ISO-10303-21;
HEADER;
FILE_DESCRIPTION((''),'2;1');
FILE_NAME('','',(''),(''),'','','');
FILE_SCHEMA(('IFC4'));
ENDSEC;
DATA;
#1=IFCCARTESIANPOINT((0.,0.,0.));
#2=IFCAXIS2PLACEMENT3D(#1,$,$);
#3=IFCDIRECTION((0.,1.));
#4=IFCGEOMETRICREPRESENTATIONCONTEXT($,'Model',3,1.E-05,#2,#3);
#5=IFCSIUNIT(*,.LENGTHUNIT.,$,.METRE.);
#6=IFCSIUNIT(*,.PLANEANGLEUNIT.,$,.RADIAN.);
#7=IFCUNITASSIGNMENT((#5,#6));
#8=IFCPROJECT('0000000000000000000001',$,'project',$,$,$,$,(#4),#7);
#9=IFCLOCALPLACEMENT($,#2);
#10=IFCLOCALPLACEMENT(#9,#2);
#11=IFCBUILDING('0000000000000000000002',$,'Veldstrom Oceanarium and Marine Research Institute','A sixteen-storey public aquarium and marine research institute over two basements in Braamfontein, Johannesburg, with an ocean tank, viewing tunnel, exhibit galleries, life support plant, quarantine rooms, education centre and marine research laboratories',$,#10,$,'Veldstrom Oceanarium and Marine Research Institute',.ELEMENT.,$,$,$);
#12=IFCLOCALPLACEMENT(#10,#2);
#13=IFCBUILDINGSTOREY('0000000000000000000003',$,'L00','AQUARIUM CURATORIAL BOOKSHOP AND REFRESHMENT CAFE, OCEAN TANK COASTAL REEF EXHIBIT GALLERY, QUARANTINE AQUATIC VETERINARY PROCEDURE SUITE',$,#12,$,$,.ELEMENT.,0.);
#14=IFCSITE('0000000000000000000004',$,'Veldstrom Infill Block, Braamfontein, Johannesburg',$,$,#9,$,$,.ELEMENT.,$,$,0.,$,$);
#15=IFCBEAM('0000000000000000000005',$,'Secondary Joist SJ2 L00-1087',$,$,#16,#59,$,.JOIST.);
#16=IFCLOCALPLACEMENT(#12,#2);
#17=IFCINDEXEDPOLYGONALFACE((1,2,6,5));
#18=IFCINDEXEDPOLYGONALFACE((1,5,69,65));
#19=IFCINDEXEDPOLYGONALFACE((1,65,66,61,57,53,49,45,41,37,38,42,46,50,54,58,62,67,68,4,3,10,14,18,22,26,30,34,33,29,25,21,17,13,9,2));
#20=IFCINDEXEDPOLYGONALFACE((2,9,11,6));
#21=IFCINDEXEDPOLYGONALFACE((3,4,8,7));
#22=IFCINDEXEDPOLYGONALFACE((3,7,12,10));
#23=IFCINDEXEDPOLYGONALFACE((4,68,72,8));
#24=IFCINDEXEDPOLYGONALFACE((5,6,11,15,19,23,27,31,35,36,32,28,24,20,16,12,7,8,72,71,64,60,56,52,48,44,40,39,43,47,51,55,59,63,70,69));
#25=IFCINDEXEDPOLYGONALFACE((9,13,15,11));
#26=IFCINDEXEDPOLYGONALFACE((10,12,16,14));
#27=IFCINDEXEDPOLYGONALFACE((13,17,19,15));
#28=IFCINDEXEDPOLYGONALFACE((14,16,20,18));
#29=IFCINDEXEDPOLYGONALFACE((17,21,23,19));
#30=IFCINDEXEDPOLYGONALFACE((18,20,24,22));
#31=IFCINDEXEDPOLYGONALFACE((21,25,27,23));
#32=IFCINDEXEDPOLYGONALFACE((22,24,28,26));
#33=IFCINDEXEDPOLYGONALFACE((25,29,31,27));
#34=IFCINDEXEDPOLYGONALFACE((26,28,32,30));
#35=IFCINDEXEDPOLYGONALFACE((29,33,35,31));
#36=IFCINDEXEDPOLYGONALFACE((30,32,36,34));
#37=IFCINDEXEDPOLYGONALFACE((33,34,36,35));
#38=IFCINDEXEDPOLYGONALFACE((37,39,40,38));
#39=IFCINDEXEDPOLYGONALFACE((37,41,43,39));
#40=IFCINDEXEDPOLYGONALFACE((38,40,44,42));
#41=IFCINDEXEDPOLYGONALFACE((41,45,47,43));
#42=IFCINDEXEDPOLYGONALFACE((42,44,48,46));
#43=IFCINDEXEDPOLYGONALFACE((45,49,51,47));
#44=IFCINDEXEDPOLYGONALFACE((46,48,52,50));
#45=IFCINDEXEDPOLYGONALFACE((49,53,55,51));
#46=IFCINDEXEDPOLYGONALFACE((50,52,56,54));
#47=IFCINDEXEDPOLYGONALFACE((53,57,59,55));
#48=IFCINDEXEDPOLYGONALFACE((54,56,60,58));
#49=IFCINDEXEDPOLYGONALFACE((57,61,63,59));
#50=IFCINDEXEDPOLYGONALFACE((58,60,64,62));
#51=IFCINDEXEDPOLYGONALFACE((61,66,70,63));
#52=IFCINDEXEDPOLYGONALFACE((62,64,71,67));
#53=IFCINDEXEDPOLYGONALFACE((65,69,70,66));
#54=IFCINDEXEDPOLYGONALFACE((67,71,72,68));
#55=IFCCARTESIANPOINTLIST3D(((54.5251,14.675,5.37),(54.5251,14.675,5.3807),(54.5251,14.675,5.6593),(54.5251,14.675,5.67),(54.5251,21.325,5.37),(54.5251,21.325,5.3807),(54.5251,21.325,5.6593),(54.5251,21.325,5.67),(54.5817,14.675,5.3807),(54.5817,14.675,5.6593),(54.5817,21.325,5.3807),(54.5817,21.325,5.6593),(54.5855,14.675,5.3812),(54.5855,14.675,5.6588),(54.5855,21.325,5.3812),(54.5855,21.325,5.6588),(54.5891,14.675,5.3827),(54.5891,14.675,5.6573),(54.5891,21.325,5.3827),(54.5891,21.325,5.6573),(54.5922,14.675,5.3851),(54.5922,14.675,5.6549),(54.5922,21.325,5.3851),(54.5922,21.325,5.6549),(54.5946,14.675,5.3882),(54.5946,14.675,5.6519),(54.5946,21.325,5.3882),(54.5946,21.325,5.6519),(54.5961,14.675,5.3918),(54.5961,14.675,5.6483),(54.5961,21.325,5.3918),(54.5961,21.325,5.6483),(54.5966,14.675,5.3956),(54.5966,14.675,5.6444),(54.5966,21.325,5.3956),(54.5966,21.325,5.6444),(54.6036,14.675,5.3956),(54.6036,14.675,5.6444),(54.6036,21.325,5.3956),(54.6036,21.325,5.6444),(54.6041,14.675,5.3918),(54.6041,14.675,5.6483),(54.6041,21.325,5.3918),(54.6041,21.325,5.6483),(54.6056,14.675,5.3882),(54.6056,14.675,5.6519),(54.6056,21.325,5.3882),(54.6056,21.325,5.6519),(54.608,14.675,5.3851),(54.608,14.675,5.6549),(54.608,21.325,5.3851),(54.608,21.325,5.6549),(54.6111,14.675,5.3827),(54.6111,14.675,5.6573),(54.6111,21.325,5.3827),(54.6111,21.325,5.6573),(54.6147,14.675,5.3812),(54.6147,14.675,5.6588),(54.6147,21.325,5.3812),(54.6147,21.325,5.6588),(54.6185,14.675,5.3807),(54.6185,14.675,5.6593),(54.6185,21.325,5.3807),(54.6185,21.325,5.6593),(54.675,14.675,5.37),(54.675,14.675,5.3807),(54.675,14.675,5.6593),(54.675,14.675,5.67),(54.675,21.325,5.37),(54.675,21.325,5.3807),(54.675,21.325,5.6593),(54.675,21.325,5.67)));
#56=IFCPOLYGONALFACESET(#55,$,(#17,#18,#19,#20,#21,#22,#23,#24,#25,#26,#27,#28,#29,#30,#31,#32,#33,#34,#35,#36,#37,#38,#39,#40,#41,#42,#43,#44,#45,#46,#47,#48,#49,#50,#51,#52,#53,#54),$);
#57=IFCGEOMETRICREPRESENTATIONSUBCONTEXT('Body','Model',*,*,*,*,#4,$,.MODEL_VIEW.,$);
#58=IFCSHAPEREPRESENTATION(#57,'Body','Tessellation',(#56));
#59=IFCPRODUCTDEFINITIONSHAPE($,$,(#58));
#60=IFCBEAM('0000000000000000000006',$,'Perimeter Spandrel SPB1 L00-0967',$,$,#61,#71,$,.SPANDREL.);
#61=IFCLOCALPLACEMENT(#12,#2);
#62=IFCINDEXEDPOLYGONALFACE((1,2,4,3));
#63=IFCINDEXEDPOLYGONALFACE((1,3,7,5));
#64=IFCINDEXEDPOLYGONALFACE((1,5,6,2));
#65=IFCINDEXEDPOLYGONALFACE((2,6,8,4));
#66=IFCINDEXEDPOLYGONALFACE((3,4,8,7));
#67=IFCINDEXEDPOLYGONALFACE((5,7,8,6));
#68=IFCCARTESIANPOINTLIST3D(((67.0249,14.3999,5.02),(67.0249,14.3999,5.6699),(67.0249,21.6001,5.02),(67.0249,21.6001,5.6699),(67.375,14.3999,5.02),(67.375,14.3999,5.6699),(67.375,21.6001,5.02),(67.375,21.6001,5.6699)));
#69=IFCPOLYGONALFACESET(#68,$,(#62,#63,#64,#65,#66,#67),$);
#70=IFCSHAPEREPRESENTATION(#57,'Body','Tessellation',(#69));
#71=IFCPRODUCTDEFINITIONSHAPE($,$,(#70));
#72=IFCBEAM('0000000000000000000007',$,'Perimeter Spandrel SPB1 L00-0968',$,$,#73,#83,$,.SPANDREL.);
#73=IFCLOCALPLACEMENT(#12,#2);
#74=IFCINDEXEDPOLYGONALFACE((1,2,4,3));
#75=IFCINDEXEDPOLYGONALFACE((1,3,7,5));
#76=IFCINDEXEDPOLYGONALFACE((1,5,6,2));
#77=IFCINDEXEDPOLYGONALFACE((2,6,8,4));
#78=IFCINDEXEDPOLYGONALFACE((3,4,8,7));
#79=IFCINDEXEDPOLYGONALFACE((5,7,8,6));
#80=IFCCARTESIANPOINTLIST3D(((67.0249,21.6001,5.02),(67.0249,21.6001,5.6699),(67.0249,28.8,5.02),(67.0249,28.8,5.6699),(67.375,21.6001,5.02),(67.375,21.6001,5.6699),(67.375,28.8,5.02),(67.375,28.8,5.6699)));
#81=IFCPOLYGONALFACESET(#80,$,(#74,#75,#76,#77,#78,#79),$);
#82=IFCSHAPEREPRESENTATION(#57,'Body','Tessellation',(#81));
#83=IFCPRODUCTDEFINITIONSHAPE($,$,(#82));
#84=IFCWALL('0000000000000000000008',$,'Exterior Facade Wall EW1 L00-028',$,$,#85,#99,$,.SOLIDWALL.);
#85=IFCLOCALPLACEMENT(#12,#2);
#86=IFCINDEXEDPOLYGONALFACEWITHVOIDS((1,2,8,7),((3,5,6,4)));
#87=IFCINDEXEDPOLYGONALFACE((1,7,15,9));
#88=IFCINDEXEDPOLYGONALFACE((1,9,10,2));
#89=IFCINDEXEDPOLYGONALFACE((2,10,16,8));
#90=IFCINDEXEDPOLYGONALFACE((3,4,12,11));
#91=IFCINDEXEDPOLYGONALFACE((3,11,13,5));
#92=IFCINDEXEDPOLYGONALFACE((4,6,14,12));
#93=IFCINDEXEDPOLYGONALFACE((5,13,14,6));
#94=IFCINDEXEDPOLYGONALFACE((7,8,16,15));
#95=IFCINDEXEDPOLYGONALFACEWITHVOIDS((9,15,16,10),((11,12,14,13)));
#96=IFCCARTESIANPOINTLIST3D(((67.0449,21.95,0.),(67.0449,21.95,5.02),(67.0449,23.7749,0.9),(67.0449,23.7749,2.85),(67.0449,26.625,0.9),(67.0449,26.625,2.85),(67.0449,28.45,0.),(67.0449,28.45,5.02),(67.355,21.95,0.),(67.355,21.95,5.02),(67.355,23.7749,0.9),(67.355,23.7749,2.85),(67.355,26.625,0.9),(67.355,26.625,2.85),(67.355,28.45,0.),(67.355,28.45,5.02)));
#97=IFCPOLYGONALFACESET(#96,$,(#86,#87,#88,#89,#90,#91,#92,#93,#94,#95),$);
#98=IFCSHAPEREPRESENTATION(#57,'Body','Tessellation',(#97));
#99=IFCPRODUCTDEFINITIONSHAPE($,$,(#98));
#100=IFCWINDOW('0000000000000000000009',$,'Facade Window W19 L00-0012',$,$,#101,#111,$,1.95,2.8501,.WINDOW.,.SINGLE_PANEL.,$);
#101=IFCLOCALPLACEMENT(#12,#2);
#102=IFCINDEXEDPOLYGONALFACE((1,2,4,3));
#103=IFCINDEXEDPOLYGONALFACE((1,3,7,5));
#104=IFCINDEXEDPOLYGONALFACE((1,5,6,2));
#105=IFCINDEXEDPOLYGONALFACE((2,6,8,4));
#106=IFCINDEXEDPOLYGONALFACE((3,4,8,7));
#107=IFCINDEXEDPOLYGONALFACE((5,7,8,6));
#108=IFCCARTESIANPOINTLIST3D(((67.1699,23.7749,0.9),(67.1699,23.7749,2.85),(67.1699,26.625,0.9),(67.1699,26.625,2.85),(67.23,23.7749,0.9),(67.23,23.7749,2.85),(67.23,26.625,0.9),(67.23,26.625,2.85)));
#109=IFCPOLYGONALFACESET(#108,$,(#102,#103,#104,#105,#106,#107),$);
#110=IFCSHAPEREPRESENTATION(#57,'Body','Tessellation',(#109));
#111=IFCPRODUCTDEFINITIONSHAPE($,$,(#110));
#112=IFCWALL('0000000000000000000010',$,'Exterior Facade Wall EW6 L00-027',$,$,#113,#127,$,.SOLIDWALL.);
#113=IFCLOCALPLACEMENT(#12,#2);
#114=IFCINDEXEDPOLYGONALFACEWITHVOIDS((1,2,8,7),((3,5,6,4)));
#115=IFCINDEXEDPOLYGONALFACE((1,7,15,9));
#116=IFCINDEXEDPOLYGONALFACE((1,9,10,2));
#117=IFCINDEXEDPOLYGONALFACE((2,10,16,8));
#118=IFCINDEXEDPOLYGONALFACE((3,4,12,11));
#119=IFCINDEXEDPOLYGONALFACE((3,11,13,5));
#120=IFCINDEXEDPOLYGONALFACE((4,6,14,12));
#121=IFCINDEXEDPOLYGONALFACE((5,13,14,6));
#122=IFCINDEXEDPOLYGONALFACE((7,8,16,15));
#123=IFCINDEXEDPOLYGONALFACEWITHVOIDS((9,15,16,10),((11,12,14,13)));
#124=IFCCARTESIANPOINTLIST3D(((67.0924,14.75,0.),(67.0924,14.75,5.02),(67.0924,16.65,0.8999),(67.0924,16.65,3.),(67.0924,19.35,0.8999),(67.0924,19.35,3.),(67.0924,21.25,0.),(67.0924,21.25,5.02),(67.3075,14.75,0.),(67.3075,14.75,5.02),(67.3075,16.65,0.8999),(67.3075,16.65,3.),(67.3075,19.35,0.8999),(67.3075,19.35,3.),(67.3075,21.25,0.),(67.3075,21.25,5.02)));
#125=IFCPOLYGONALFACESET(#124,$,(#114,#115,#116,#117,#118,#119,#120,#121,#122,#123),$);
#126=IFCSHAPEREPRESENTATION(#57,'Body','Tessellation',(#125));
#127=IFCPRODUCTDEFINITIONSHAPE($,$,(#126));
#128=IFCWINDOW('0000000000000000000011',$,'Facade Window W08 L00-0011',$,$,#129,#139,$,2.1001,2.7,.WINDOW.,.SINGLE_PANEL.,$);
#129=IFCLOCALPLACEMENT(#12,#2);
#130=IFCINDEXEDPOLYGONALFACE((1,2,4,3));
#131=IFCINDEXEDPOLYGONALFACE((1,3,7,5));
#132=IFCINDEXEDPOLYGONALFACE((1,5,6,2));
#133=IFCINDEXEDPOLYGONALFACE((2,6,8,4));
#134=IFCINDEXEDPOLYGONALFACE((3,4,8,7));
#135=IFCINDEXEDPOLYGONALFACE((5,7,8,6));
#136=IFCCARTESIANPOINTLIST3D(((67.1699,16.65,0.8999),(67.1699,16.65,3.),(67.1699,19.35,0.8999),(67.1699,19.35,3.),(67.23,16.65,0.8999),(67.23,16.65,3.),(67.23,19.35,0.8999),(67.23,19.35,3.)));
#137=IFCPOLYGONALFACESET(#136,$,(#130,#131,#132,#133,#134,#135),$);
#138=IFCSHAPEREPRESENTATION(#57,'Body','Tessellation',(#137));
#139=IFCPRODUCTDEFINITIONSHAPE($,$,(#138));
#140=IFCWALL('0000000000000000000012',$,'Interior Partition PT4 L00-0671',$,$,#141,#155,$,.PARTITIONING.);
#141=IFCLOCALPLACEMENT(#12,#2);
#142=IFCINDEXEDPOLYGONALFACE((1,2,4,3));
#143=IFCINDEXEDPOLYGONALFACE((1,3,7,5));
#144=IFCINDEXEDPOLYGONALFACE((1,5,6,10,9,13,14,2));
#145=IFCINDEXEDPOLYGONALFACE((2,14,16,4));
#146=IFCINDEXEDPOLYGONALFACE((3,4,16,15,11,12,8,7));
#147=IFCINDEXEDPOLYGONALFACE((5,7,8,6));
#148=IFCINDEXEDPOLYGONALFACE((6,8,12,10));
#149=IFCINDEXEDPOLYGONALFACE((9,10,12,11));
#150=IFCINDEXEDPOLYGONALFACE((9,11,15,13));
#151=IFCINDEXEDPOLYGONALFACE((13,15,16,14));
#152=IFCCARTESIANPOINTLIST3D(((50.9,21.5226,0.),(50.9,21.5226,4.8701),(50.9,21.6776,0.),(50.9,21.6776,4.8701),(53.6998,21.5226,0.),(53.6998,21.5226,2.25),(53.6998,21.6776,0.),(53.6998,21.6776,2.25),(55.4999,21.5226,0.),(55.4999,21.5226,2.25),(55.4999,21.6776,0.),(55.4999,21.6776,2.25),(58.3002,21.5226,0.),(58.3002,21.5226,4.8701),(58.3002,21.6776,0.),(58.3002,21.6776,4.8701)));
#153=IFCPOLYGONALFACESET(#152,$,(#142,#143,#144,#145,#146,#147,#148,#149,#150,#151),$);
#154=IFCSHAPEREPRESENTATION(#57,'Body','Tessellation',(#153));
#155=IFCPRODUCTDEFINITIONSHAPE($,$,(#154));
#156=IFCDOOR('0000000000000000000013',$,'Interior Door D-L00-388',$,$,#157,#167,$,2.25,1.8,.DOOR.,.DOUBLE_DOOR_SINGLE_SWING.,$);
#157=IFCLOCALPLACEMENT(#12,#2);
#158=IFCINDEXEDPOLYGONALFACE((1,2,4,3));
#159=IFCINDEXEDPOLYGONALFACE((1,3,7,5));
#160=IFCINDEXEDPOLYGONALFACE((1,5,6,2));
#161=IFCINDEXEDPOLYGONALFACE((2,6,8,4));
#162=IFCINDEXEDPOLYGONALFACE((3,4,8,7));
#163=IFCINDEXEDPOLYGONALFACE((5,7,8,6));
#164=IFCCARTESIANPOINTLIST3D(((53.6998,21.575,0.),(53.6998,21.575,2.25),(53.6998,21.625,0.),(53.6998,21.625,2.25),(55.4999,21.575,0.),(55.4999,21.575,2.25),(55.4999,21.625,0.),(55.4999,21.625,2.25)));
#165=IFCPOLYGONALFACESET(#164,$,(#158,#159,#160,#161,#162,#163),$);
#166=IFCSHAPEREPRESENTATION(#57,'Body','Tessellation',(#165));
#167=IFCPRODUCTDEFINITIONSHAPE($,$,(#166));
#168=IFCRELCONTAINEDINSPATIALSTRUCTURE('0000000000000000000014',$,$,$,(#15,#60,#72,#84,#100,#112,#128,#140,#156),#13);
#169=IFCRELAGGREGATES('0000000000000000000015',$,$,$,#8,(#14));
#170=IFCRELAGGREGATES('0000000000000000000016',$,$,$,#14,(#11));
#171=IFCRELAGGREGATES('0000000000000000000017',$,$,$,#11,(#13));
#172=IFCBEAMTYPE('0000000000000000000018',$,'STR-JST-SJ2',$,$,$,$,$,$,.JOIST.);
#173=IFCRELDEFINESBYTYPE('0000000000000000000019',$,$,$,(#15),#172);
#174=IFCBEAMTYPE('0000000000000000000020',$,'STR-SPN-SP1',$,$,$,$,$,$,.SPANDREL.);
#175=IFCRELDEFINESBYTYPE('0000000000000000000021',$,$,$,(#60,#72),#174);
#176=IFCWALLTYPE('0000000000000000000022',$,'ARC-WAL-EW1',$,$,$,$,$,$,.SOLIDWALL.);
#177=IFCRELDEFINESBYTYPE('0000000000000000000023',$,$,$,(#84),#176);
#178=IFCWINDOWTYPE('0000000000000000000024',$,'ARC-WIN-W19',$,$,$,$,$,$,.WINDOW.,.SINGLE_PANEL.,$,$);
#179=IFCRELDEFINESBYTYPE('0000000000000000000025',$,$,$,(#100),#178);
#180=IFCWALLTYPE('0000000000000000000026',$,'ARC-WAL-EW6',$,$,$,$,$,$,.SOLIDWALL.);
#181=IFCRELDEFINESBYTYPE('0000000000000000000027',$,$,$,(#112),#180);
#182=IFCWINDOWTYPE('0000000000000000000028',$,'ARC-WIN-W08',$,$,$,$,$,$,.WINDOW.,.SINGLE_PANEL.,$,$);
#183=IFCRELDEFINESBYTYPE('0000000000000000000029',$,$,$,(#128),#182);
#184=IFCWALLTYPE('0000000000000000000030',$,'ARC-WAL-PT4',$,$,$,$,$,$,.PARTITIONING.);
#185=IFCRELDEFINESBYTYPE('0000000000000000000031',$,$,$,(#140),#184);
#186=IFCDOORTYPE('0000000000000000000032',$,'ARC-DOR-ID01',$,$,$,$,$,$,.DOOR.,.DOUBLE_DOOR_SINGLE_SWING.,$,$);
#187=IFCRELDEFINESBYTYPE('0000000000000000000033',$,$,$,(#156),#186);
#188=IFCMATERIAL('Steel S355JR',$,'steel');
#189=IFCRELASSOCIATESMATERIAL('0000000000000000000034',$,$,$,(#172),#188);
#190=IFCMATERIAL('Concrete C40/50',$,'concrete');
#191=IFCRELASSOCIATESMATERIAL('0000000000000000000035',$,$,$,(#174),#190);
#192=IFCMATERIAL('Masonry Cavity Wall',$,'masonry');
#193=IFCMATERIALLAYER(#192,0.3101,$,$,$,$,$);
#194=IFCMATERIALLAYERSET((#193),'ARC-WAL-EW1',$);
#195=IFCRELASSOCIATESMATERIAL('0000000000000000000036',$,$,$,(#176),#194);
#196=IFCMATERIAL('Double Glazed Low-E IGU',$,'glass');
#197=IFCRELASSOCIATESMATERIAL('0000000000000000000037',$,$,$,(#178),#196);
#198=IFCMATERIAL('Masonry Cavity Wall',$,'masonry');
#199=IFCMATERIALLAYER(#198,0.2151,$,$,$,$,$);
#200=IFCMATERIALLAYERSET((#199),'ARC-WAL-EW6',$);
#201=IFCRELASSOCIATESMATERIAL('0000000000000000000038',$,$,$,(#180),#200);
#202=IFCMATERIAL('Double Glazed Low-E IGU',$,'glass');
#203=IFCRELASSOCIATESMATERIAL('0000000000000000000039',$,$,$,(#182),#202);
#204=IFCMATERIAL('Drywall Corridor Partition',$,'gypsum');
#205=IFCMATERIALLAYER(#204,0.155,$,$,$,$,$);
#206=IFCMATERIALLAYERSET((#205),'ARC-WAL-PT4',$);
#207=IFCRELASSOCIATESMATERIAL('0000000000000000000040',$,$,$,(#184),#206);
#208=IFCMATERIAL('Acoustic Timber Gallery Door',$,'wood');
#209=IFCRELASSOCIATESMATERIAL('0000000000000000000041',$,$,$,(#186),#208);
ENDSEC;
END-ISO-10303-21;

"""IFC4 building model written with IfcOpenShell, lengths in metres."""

from ifc_helpers import new_model, si_unit, direction, frame, frame_2d, origin, origin_2d, place, context, subcontext, project, spatial, rectangle, i_section, extrude, material, layer, layer_set, material_profile, profile_set, type_object, element, fill, save


model = new_model("IFC4")

# Units and contexts
model_context = context("Model", 3, precision=1e-05, world=origin(), true_north=direction((0.0, 1.0)))
body_context = subcontext(model_context, "Body", "Model", "MODEL_VIEW")
ifc_project = project(units=[si_unit("LENGTHUNIT", "METRE"), si_unit("PLANEANGLEUNIT", "RADIAN")], contexts=[model_context])

# Site, building, storey
site_placement = place(None, origin())
site = spatial("IfcSite", under=ifc_project, at=site_placement, Name="Veldstrom Infill Block, Braamfontein, Johannesburg", CompositionType="ELEMENT", RefElevation=0.0)
building_placement = place(site_placement, origin())
building = spatial("IfcBuilding", under=site, at=building_placement, Name="Veldstrom Oceanarium and Marine Research Institute", Description="A sixteen-storey public aquarium and marine research institute over two basements in Braamfontein, Johannesburg, with an ocean tank, viewing tunnel, exhibit galleries, life support plant, quarantine rooms, education centre and marine research laboratories", LongName="Veldstrom Oceanarium and Marine Research Institute", CompositionType="ELEMENT")
storey_placement = place(building_placement, origin())
storey = spatial("IfcBuildingStorey", under=building, at=storey_placement, Name="L00", Description="AQUARIUM CURATORIAL BOOKSHOP AND REFRESHMENT CAFE, OCEAN TANK COASTAL REEF EXHIBIT GALLERY, QUARANTINE AQUATIC VETERINARY PROCEDURE SUITE", CompositionType="ELEMENT", Elevation=0.0)

# Beams
ifc_material_1 = material(Name="Steel S355JR", Category="steel")
ifc_material_profile_1 = material_profile(ifc_material_1, i_section(OverallWidth=0.1499, OverallDepth=0.3, WebThickness=0.0071, FlangeThickness=0.0107, FilletRadius=0.0149, at=origin_2d()), Name="IPE 300")
ifc_profile_set_1 = profile_set([ifc_material_profile_1], Name="Steel S355JR")
beam_type_1 = type_object("IfcBeamType", Name="STR-JST-SJ2", PredefinedType="JOIST", material=ifc_profile_set_1)
beam_1_placement = place(storey_placement, frame((54.6001, 14.675, 5.52), z_axis=(0.0, 1.0, 0.0), x_axis=(-1.0, 0.0, 0.0)))
element("IfcBeam", 1, at=beam_1_placement, inside=storey, type_object=beam_type_1, Name="Secondary Joist SJ2 L00-1087", PredefinedType="JOIST", context=body_context, shape_type="SweptSolid", body=[
    extrude(i_section(OverallWidth=0.1499, OverallDepth=0.3, WebThickness=0.0071, FlangeThickness=0.0107, FilletRadius=0.0149, at=origin_2d()), origin(), (0.0, 0.0, 1.0), 6.6499),
])
ifc_material_2 = material(Name="Concrete C40/50", Category="concrete")
ifc_material_profile_2 = material_profile(ifc_material_2, rectangle(XDim=0.3501, YDim=0.6499, at=origin_2d()), Name="RC-SPN-350x650")
ifc_profile_set_2 = profile_set([ifc_material_profile_2], Name="Concrete C40/50")
beam_type_2 = type_object("IfcBeamType", Name="STR-SPN-SP1", PredefinedType="SPANDREL", material=ifc_profile_set_2)
beam_2_placement = place(storey_placement, frame((67.2, 14.3999, 5.345), z_axis=(0.0, 1.0, 0.0), x_axis=(-1.0, 0.0, 0.0)))
element("IfcBeam", 2, at=beam_2_placement, inside=storey, type_object=beam_type_2, Name="Perimeter Spandrel SPB1 L00-0967", PredefinedType="SPANDREL", context=body_context, shape_type="SweptSolid", body=[
    extrude(rectangle(XDim=0.3501, YDim=0.6499, at=origin_2d()), origin(), (0.0, 0.0, 1.0), 7.2002),
])
beam_3_placement = place(storey_placement, frame((67.2, 21.6001, 5.345), z_axis=(0.0, 1.0, 0.0), x_axis=(-1.0, 0.0, 0.0)))
element("IfcBeam", 3, at=beam_3_placement, inside=storey, type_object=beam_type_2, Name="Perimeter Spandrel SPB1 L00-0968", PredefinedType="SPANDREL", context=body_context, shape_type="SweptSolid", body=[
    extrude(rectangle(XDim=0.3501, YDim=0.6499, at=origin_2d()), origin(), (0.0, 0.0, 1.0), 7.2),
])

# Walls, openings, windows
ifc_material_3 = material(Name="Masonry Cavity Wall", Category="masonry")
ifc_layer_1 = layer(ifc_material_3, 0.3101)
ifc_layer_set_1 = layer_set([ifc_layer_1], Name="ARC-WAL-EW1")
wall_type_1 = type_object("IfcWallType", Name="ARC-WAL-EW1", PredefinedType="SOLIDWALL", material=ifc_layer_set_1)
wall_1_placement = place(storey_placement, frame((67.2, 21.95, 0.0), z_axis=(0.0, 0.0, 1.0), x_axis=(0.0, 1.0, 0.0)))
wall_1 = element("IfcWall", 4, at=wall_1_placement, inside=storey, type_object=wall_type_1, Name="Exterior Facade Wall EW1 L00-028", PredefinedType="SOLIDWALL", context=body_context, shape_type="SweptSolid", body=[
    extrude(rectangle(XDim=6.5, YDim=0.3101, at=frame_2d((3.25, 0.0))), origin(), (0.0, 0.0, 1.0), 5.02),
])
opening_1_placement = place(wall_1_placement, frame((1.825, 0.0, 0.8999)))
opening_1 = element("IfcOpeningElement", 5, at=opening_1_placement, cuts=wall_1, PredefinedType="OPENING", context=body_context, shape_type="SweptSolid", body=[
    extrude(rectangle(XDim=2.8501, YDim=1.95, at=frame_2d((1.425, 0.9751))), frame((0.0, 0.165, 0.0), z_axis=(0.0, -1.0, 0.0), x_axis=(1.0, 0.0, 0.0)), (0.0, 0.0, 1.0), 0.3301),
])
ifc_material_4 = material(Name="Double Glazed Low-E IGU", Category="glass")
window_type_1 = type_object("IfcWindowType", Name="ARC-WIN-W19", PartitioningType="SINGLE_PANEL", PredefinedType="WINDOW", material=ifc_material_4)
window_1_placement = place(opening_1_placement, origin())
window_1 = element("IfcWindow", 6, at=window_1_placement, inside=storey, type_object=window_type_1, Name="Facade Window W19 L00-0012", OverallHeight=1.95, OverallWidth=2.8501, PartitioningType="SINGLE_PANEL", PredefinedType="WINDOW", context=body_context, shape_type="SweptSolid", body=[
    extrude(rectangle(XDim=2.8501, YDim=1.95, at=frame_2d((1.425, 0.9751))), frame((0.0, 0.03, 0.0), z_axis=(0.0, -1.0, 0.0), x_axis=(1.0, 0.0, 0.0)), (0.0, 0.0, 1.0), 0.0601),
])
fill(opening_1, window_1)
ifc_material_5 = material(Name="Masonry Cavity Wall", Category="masonry")
ifc_layer_2 = layer(ifc_material_5, 0.2151)
ifc_layer_set_2 = layer_set([ifc_layer_2], Name="ARC-WAL-EW6")
wall_type_2 = type_object("IfcWallType", Name="ARC-WAL-EW6", PredefinedType="SOLIDWALL", material=ifc_layer_set_2)
wall_2_placement = place(storey_placement, frame((67.2, 14.75, 0.0), z_axis=(0.0, 0.0, 1.0), x_axis=(0.0, 1.0, 0.0)))
wall_2 = element("IfcWall", 7, at=wall_2_placement, inside=storey, type_object=wall_type_2, Name="Exterior Facade Wall EW6 L00-027", PredefinedType="SOLIDWALL", context=body_context, shape_type="SweptSolid", body=[
    extrude(rectangle(XDim=6.5, YDim=0.2151, at=frame_2d((3.25, 0.0))), origin(), (0.0, 0.0, 1.0), 5.02),
])
opening_2_placement = place(wall_2_placement, frame((1.8999, 0.0, 0.8999)))
opening_2 = element("IfcOpeningElement", 8, at=opening_2_placement, cuts=wall_2, PredefinedType="OPENING", context=body_context, shape_type="SweptSolid", body=[
    extrude(rectangle(XDim=2.7, YDim=2.1001, at=frame_2d((1.3501, 1.05))), frame((0.0, 0.1174, 0.0), z_axis=(0.0, -1.0, 0.0), x_axis=(1.0, 0.0, 0.0)), (0.0, 0.0, 1.0), 0.2351),
])
ifc_material_6 = material(Name="Double Glazed Low-E IGU", Category="glass")
window_type_2 = type_object("IfcWindowType", Name="ARC-WIN-W08", PartitioningType="SINGLE_PANEL", PredefinedType="WINDOW", material=ifc_material_6)
window_2_placement = place(opening_2_placement, origin())
window_2 = element("IfcWindow", 9, at=window_2_placement, inside=storey, type_object=window_type_2, Name="Facade Window W08 L00-0011", OverallHeight=2.1001, OverallWidth=2.7, PartitioningType="SINGLE_PANEL", PredefinedType="WINDOW", context=body_context, shape_type="SweptSolid", body=[
    extrude(rectangle(XDim=2.7, YDim=2.1001, at=frame_2d((1.3501, 1.05))), frame((0.0, 0.03, 0.0), z_axis=(0.0, -1.0, 0.0), x_axis=(1.0, 0.0, 0.0)), (0.0, 0.0, 1.0), 0.0601),
])
fill(opening_2, window_2)

# Wall, opening, door
ifc_material_7 = material(Name="Drywall Corridor Partition", Category="gypsum")
ifc_layer_3 = layer(ifc_material_7, 0.155)
ifc_layer_set_3 = layer_set([ifc_layer_3], Name="ARC-WAL-PT4")
wall_type_3 = type_object("IfcWallType", Name="ARC-WAL-PT4", PredefinedType="PARTITIONING", material=ifc_layer_set_3)
wall_3_placement = place(storey_placement, frame((50.8999, 21.6001, 0.0), z_axis=(0.0, 0.0, 1.0), x_axis=(1.0, 0.0, 0.0)))
wall_3 = element("IfcWall", 10, at=wall_3_placement, inside=storey, type_object=wall_type_3, Name="Interior Partition PT4 L00-0671", PredefinedType="PARTITIONING", context=body_context, shape_type="SweptSolid", body=[
    extrude(rectangle(XDim=7.4001, YDim=0.155, at=frame_2d((3.7002, 0.0))), origin(), (0.0, 0.0, 1.0), 4.8701),
])
opening_3_placement = place(wall_3_placement, frame((2.8, 0.0, 0.0)))
opening_3 = element("IfcOpeningElement", 11, at=opening_3_placement, cuts=wall_3, PredefinedType="OPENING", context=body_context, shape_type="SweptSolid", body=[
    extrude(rectangle(XDim=1.8, YDim=2.25, at=frame_2d((0.8999, 1.125))), frame((0.0, 0.0874, 0.0), z_axis=(0.0, -1.0, 0.0), x_axis=(1.0, 0.0, 0.0)), (0.0, 0.0, 1.0), 0.175),
])
ifc_material_8 = material(Name="Acoustic Timber Gallery Door", Category="wood")
door_type = type_object("IfcDoorType", Name="ARC-DOR-ID01", OperationType="DOUBLE_DOOR_SINGLE_SWING", PredefinedType="DOOR", material=ifc_material_8)
door_1_placement = place(opening_3_placement, origin())
door_1 = element("IfcDoor", 12, at=door_1_placement, inside=storey, type_object=door_type, Name="Interior Door D-L00-388", OperationType="DOUBLE_DOOR_SINGLE_SWING", OverallHeight=2.25, OverallWidth=1.8, PredefinedType="DOOR", context=body_context, shape_type="SweptSolid", body=[
    extrude(rectangle(XDim=1.8, YDim=2.25, at=frame_2d((0.8999, 1.125))), frame((0.0, 0.0249, 0.0), z_axis=(0.0, -1.0, 0.0), x_axis=(1.0, 0.0, 0.0)), (0.0, 0.0, 1.0), 0.05),
])
fill(opening_3, door_1)

save(model, "model.ifc")
